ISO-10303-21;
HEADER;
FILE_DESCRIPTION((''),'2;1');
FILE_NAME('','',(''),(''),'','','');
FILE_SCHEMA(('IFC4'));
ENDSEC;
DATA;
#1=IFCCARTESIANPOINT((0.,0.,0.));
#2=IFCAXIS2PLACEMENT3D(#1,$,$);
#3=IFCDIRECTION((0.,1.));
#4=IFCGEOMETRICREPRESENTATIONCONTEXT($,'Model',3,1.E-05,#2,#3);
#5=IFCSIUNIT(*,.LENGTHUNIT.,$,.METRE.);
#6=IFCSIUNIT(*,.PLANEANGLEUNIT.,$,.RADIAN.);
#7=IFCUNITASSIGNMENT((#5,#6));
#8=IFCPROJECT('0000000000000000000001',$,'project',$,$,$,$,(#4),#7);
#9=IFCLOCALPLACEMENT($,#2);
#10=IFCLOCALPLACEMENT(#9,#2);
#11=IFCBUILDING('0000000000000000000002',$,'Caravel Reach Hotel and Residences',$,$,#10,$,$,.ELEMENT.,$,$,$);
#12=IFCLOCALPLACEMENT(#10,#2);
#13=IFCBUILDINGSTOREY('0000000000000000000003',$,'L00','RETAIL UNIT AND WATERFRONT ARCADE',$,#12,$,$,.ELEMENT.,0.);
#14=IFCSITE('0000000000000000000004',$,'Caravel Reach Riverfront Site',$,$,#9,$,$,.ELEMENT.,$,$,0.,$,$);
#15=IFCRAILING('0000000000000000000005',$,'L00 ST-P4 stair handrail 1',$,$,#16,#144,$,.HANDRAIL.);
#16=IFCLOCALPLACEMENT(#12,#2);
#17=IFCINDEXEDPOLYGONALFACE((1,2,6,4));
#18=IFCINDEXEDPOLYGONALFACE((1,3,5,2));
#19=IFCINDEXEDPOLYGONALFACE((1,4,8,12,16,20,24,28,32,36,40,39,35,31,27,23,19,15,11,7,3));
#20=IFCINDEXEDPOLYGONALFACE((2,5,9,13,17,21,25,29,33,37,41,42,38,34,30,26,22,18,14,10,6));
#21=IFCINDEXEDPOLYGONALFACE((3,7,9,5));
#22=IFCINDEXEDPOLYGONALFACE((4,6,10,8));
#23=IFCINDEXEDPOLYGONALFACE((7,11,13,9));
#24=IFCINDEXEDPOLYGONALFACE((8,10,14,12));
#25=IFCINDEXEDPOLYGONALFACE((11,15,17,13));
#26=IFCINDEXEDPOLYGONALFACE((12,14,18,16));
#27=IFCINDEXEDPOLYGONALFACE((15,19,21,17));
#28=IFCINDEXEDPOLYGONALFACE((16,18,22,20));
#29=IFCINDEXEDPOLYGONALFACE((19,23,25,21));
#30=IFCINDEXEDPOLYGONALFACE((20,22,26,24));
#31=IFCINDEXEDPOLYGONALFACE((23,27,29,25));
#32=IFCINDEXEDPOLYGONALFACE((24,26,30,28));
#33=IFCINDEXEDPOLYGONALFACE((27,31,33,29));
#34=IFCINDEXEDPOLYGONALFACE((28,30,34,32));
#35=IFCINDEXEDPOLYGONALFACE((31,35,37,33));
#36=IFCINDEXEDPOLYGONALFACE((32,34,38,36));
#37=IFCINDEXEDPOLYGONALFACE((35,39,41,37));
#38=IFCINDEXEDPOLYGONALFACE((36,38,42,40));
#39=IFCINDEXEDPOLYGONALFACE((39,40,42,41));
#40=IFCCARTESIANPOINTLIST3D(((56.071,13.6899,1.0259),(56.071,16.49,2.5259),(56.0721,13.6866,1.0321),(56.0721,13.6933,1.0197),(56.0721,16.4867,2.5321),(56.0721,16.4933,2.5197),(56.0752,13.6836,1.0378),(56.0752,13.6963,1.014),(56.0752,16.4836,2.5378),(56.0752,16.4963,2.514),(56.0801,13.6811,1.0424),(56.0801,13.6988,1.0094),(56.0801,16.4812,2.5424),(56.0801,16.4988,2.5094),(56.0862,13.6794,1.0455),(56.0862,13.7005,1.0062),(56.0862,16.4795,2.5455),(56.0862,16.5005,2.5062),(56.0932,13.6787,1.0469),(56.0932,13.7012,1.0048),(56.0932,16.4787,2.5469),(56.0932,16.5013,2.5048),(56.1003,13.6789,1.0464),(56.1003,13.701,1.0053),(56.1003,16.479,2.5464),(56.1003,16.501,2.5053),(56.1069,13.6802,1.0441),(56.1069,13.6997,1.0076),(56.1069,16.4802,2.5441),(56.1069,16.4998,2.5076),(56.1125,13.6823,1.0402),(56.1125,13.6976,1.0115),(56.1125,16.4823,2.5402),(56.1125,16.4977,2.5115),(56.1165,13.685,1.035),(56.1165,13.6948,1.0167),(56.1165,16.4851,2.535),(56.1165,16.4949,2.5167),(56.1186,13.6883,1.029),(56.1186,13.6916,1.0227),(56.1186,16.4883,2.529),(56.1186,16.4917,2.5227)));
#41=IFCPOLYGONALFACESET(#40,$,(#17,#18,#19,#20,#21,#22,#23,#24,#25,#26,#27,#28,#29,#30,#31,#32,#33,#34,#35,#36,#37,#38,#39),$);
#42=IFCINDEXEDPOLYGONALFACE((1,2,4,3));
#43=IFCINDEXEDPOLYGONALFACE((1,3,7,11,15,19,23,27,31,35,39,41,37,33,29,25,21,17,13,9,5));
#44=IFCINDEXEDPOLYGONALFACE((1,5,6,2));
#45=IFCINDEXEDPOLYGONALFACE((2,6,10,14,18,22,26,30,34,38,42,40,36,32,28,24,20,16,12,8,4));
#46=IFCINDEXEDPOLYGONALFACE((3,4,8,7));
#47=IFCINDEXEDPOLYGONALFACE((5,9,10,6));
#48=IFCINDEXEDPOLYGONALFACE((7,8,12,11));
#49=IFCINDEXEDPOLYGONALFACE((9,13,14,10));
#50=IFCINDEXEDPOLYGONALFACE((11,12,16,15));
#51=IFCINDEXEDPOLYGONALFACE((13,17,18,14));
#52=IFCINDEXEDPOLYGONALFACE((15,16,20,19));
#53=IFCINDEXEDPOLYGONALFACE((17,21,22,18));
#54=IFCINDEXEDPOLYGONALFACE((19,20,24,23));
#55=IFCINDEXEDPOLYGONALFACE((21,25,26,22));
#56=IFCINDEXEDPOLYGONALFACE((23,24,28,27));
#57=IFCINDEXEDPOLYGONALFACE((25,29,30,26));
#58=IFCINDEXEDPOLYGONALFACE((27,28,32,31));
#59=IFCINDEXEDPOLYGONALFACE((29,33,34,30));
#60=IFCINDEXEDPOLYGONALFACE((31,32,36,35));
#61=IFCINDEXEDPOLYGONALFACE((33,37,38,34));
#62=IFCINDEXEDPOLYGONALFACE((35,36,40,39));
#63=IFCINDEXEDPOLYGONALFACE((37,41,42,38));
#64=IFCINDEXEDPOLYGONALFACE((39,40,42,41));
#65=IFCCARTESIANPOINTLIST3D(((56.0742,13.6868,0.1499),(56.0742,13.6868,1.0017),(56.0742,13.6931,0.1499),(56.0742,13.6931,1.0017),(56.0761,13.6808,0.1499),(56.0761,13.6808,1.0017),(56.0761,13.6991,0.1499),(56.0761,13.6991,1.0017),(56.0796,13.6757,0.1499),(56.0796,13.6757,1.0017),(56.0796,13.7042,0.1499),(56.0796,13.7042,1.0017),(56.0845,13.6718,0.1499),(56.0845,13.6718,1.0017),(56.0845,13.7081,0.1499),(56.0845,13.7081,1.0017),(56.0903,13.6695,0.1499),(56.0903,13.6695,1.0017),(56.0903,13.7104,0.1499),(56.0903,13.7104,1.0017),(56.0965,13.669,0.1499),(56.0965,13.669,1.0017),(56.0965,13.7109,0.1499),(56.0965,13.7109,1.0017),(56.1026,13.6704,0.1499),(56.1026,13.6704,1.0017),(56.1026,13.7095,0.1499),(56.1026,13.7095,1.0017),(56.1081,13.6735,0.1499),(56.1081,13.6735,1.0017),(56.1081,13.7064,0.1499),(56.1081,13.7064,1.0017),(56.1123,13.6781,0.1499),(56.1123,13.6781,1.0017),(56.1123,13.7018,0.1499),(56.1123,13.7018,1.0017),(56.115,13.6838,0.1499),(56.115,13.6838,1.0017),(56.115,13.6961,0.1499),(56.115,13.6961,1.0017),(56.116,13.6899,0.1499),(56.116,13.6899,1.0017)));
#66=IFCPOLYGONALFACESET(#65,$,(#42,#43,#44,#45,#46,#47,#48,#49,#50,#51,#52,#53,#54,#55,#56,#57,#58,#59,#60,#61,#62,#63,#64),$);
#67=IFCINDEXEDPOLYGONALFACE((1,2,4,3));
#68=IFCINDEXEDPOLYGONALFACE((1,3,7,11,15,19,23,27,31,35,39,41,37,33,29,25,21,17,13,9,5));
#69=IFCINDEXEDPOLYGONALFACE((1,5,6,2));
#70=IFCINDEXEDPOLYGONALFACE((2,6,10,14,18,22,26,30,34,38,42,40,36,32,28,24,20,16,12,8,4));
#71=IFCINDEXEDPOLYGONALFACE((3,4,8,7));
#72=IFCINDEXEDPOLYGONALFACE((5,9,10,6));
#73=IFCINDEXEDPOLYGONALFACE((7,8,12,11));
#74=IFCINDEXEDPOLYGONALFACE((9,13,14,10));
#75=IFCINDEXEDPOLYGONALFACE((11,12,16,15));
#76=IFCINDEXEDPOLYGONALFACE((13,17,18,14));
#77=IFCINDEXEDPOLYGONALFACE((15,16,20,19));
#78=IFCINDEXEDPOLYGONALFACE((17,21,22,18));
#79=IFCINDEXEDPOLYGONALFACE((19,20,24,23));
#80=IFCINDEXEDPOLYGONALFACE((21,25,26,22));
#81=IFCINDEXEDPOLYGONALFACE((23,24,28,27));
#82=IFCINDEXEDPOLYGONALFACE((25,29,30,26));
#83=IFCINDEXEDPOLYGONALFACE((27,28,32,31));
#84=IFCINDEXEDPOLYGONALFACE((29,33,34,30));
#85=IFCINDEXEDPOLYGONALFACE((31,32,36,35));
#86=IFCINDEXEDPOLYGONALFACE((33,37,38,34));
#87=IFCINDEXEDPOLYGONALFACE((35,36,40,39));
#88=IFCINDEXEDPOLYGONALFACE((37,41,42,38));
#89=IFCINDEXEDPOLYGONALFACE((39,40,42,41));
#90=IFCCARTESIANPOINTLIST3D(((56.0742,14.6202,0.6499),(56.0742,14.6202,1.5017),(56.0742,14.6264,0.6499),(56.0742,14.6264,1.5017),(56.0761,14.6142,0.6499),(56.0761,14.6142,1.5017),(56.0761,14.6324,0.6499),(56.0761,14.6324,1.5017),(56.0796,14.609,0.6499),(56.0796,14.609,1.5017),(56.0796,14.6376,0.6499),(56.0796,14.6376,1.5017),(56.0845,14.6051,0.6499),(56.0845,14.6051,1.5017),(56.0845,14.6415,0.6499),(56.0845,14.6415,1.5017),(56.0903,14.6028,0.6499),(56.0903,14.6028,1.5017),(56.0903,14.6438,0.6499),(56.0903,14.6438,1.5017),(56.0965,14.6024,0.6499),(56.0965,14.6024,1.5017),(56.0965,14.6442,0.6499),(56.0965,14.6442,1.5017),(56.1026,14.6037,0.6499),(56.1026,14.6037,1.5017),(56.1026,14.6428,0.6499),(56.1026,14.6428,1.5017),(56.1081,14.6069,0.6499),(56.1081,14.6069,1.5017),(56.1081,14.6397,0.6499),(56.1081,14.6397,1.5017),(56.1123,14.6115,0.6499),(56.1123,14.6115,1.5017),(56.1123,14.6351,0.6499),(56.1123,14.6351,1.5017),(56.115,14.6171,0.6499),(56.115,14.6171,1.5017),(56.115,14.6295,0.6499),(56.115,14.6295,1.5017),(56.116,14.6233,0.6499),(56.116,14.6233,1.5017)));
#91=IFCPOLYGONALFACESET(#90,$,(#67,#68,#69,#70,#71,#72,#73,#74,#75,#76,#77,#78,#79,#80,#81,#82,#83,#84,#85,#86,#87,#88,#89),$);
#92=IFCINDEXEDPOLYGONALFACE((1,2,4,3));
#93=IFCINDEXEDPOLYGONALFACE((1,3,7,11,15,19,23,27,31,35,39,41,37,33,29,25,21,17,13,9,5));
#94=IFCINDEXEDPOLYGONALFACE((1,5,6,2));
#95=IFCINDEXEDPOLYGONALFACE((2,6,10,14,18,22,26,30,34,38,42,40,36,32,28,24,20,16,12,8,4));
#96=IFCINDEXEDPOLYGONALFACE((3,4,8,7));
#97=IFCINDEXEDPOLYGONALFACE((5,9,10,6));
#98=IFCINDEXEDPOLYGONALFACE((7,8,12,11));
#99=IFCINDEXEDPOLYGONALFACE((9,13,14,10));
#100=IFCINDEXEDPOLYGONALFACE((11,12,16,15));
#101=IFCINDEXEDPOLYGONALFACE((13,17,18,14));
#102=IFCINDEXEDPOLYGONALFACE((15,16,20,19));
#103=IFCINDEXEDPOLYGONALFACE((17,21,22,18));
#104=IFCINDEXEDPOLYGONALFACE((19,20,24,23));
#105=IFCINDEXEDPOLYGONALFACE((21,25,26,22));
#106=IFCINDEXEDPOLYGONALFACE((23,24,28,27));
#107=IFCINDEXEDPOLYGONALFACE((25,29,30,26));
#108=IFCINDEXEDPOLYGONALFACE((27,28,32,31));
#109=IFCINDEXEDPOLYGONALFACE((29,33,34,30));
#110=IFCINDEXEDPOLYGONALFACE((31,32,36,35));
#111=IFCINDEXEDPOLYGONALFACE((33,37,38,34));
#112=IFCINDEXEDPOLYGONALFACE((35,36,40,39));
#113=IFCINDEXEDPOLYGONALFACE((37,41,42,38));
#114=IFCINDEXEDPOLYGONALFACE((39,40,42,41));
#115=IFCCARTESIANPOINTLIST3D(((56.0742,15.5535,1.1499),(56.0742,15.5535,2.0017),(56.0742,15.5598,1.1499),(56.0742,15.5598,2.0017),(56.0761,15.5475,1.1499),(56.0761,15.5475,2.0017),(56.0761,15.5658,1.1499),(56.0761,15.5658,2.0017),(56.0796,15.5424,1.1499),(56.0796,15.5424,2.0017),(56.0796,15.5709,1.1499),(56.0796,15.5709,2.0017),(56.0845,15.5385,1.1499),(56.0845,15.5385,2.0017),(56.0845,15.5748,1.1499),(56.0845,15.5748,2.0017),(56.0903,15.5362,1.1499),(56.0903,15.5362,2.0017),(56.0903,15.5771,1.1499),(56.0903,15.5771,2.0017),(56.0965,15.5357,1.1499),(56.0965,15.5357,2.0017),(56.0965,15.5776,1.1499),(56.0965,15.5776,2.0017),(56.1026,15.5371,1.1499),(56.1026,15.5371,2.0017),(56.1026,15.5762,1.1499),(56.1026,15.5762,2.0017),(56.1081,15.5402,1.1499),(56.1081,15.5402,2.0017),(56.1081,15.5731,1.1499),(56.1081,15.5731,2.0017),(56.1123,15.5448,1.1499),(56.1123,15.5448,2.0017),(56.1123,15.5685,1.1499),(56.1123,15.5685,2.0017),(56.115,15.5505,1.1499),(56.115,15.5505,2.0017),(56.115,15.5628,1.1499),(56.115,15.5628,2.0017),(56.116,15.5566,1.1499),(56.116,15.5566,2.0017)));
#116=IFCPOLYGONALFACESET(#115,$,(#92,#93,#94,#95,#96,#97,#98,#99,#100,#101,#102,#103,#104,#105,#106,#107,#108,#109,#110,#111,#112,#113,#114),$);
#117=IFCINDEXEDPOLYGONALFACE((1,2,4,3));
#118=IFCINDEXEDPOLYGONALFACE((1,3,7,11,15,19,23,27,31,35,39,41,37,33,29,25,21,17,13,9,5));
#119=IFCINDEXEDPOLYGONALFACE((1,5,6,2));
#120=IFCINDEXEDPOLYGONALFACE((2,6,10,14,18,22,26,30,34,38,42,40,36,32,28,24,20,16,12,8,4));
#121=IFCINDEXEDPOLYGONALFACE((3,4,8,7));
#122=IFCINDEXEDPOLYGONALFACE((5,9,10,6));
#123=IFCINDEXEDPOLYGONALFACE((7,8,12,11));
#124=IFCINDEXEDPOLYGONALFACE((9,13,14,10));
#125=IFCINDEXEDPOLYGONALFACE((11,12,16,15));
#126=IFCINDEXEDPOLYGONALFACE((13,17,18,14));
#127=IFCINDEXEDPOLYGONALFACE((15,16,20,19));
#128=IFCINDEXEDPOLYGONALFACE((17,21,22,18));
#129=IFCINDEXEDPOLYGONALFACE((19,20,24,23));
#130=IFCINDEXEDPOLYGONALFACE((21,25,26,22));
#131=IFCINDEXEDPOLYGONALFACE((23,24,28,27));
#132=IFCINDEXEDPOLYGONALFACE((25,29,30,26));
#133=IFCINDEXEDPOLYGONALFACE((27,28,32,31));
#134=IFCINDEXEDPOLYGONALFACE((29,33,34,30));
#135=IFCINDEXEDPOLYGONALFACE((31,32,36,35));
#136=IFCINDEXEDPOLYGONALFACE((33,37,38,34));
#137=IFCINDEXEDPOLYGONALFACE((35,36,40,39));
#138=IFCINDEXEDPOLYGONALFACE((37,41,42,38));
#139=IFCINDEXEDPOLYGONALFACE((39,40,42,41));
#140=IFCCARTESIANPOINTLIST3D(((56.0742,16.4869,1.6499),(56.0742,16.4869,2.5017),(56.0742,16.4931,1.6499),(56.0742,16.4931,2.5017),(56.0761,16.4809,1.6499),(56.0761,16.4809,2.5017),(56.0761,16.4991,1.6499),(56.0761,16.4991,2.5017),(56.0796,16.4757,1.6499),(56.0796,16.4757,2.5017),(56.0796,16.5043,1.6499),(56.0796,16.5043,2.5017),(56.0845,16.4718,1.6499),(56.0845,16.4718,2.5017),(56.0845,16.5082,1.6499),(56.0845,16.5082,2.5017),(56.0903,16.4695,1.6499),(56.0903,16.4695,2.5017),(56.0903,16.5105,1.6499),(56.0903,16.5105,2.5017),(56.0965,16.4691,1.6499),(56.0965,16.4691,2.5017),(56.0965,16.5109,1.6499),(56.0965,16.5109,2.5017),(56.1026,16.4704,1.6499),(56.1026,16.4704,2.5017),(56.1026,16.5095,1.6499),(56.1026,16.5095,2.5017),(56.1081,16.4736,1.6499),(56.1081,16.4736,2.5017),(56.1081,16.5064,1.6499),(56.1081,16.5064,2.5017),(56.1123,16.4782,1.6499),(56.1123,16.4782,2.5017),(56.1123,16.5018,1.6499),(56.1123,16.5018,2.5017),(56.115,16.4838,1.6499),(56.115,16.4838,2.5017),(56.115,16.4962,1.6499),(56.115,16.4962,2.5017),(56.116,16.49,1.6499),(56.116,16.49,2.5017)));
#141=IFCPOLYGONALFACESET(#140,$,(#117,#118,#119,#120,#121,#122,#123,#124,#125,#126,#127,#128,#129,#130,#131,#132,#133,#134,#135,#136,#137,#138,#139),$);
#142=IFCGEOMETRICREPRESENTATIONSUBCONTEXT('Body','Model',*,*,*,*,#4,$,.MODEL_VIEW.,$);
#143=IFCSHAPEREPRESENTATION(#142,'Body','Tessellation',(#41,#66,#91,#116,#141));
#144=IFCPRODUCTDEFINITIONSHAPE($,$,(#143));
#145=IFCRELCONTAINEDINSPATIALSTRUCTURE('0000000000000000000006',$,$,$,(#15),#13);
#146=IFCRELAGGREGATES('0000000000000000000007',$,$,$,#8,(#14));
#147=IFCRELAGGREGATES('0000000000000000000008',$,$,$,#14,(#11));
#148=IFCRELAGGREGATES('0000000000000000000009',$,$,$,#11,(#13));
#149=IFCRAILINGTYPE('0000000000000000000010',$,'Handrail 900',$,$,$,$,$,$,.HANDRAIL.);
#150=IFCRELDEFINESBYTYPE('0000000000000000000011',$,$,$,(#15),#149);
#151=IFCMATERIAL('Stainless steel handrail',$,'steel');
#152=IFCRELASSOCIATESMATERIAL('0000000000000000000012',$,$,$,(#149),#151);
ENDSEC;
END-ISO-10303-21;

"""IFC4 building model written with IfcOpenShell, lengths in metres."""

from ifc_helpers import new_model, si_unit, direction, frame, origin, origin_2d, place, context, subcontext, project, spatial, circle, extrude, material, type_object, element, save


model = new_model("IFC4")

# Units and contexts
model_context = context("Model", 3, precision=1e-05, world=origin(), true_north=direction((0.0, 1.0)))
body_context = subcontext(model_context, "Body", "Model", "MODEL_VIEW")
ifc_project = project(units=[si_unit("LENGTHUNIT", "METRE"), si_unit("PLANEANGLEUNIT", "RADIAN")], contexts=[model_context])

# Site, building, storey
site_placement = place(None, origin())
site = spatial("IfcSite", under=ifc_project, at=site_placement, Name="Caravel Reach Riverfront Site", CompositionType="ELEMENT", RefElevation=0.0)
building_placement = place(site_placement, origin())
building = spatial("IfcBuilding", under=site, at=building_placement, Name="Caravel Reach Hotel and Residences", CompositionType="ELEMENT")
storey_placement = place(building_placement, origin())
storey = spatial("IfcBuildingStorey", under=building, at=storey_placement, Name="L00", Description="RETAIL UNIT AND WATERFRONT ARCADE", CompositionType="ELEMENT", Elevation=0.0)

# Railing
ifc_material_1 = material(Name="Stainless steel handrail", Category="steel")
railing_type_1 = type_object("IfcRailingType", Name="Handrail 900", PredefinedType="HANDRAIL", material=ifc_material_1)
for number, where, name in (
    (1, (56.095, 13.6899, 0.1499), "L00 ST-P4 stair handrail 1"),
):
    element("IfcRailing", number, at=place(storey_placement, frame(where)), inside=storey, type_object=railing_type_1, Name=name, PredefinedType="HANDRAIL", context=body_context, shape_type="SweptSolid", body=[
        extrude(circle(Radius=0.0239, at=origin_2d()), frame((0.0, 0.0, 0.876), z_axis=(0.0, 0.881483, 0.472215), x_axis=(-1.0, 0.0, 0.0)), (0.0, 0.0, 1.0), 3.1765),
        extrude(circle(Radius=0.021, at=origin_2d()), origin(), (0.0, 0.0, 1.0), 0.8518),
        extrude(circle(Radius=0.021, at=origin_2d()), frame((0.0, 0.9333, 0.5)), (0.0, 0.0, 1.0), 0.8518),
        extrude(circle(Radius=0.021, at=origin_2d()), frame((0.0, 1.8667, 1.0)), (0.0, 0.0, 1.0), 0.8518),
        extrude(circle(Radius=0.021, at=origin_2d()), frame((0.0, 2.8, 1.5)), (0.0, 0.0, 1.0), 0.8518),
    ])

save(model, "model.ifc")
